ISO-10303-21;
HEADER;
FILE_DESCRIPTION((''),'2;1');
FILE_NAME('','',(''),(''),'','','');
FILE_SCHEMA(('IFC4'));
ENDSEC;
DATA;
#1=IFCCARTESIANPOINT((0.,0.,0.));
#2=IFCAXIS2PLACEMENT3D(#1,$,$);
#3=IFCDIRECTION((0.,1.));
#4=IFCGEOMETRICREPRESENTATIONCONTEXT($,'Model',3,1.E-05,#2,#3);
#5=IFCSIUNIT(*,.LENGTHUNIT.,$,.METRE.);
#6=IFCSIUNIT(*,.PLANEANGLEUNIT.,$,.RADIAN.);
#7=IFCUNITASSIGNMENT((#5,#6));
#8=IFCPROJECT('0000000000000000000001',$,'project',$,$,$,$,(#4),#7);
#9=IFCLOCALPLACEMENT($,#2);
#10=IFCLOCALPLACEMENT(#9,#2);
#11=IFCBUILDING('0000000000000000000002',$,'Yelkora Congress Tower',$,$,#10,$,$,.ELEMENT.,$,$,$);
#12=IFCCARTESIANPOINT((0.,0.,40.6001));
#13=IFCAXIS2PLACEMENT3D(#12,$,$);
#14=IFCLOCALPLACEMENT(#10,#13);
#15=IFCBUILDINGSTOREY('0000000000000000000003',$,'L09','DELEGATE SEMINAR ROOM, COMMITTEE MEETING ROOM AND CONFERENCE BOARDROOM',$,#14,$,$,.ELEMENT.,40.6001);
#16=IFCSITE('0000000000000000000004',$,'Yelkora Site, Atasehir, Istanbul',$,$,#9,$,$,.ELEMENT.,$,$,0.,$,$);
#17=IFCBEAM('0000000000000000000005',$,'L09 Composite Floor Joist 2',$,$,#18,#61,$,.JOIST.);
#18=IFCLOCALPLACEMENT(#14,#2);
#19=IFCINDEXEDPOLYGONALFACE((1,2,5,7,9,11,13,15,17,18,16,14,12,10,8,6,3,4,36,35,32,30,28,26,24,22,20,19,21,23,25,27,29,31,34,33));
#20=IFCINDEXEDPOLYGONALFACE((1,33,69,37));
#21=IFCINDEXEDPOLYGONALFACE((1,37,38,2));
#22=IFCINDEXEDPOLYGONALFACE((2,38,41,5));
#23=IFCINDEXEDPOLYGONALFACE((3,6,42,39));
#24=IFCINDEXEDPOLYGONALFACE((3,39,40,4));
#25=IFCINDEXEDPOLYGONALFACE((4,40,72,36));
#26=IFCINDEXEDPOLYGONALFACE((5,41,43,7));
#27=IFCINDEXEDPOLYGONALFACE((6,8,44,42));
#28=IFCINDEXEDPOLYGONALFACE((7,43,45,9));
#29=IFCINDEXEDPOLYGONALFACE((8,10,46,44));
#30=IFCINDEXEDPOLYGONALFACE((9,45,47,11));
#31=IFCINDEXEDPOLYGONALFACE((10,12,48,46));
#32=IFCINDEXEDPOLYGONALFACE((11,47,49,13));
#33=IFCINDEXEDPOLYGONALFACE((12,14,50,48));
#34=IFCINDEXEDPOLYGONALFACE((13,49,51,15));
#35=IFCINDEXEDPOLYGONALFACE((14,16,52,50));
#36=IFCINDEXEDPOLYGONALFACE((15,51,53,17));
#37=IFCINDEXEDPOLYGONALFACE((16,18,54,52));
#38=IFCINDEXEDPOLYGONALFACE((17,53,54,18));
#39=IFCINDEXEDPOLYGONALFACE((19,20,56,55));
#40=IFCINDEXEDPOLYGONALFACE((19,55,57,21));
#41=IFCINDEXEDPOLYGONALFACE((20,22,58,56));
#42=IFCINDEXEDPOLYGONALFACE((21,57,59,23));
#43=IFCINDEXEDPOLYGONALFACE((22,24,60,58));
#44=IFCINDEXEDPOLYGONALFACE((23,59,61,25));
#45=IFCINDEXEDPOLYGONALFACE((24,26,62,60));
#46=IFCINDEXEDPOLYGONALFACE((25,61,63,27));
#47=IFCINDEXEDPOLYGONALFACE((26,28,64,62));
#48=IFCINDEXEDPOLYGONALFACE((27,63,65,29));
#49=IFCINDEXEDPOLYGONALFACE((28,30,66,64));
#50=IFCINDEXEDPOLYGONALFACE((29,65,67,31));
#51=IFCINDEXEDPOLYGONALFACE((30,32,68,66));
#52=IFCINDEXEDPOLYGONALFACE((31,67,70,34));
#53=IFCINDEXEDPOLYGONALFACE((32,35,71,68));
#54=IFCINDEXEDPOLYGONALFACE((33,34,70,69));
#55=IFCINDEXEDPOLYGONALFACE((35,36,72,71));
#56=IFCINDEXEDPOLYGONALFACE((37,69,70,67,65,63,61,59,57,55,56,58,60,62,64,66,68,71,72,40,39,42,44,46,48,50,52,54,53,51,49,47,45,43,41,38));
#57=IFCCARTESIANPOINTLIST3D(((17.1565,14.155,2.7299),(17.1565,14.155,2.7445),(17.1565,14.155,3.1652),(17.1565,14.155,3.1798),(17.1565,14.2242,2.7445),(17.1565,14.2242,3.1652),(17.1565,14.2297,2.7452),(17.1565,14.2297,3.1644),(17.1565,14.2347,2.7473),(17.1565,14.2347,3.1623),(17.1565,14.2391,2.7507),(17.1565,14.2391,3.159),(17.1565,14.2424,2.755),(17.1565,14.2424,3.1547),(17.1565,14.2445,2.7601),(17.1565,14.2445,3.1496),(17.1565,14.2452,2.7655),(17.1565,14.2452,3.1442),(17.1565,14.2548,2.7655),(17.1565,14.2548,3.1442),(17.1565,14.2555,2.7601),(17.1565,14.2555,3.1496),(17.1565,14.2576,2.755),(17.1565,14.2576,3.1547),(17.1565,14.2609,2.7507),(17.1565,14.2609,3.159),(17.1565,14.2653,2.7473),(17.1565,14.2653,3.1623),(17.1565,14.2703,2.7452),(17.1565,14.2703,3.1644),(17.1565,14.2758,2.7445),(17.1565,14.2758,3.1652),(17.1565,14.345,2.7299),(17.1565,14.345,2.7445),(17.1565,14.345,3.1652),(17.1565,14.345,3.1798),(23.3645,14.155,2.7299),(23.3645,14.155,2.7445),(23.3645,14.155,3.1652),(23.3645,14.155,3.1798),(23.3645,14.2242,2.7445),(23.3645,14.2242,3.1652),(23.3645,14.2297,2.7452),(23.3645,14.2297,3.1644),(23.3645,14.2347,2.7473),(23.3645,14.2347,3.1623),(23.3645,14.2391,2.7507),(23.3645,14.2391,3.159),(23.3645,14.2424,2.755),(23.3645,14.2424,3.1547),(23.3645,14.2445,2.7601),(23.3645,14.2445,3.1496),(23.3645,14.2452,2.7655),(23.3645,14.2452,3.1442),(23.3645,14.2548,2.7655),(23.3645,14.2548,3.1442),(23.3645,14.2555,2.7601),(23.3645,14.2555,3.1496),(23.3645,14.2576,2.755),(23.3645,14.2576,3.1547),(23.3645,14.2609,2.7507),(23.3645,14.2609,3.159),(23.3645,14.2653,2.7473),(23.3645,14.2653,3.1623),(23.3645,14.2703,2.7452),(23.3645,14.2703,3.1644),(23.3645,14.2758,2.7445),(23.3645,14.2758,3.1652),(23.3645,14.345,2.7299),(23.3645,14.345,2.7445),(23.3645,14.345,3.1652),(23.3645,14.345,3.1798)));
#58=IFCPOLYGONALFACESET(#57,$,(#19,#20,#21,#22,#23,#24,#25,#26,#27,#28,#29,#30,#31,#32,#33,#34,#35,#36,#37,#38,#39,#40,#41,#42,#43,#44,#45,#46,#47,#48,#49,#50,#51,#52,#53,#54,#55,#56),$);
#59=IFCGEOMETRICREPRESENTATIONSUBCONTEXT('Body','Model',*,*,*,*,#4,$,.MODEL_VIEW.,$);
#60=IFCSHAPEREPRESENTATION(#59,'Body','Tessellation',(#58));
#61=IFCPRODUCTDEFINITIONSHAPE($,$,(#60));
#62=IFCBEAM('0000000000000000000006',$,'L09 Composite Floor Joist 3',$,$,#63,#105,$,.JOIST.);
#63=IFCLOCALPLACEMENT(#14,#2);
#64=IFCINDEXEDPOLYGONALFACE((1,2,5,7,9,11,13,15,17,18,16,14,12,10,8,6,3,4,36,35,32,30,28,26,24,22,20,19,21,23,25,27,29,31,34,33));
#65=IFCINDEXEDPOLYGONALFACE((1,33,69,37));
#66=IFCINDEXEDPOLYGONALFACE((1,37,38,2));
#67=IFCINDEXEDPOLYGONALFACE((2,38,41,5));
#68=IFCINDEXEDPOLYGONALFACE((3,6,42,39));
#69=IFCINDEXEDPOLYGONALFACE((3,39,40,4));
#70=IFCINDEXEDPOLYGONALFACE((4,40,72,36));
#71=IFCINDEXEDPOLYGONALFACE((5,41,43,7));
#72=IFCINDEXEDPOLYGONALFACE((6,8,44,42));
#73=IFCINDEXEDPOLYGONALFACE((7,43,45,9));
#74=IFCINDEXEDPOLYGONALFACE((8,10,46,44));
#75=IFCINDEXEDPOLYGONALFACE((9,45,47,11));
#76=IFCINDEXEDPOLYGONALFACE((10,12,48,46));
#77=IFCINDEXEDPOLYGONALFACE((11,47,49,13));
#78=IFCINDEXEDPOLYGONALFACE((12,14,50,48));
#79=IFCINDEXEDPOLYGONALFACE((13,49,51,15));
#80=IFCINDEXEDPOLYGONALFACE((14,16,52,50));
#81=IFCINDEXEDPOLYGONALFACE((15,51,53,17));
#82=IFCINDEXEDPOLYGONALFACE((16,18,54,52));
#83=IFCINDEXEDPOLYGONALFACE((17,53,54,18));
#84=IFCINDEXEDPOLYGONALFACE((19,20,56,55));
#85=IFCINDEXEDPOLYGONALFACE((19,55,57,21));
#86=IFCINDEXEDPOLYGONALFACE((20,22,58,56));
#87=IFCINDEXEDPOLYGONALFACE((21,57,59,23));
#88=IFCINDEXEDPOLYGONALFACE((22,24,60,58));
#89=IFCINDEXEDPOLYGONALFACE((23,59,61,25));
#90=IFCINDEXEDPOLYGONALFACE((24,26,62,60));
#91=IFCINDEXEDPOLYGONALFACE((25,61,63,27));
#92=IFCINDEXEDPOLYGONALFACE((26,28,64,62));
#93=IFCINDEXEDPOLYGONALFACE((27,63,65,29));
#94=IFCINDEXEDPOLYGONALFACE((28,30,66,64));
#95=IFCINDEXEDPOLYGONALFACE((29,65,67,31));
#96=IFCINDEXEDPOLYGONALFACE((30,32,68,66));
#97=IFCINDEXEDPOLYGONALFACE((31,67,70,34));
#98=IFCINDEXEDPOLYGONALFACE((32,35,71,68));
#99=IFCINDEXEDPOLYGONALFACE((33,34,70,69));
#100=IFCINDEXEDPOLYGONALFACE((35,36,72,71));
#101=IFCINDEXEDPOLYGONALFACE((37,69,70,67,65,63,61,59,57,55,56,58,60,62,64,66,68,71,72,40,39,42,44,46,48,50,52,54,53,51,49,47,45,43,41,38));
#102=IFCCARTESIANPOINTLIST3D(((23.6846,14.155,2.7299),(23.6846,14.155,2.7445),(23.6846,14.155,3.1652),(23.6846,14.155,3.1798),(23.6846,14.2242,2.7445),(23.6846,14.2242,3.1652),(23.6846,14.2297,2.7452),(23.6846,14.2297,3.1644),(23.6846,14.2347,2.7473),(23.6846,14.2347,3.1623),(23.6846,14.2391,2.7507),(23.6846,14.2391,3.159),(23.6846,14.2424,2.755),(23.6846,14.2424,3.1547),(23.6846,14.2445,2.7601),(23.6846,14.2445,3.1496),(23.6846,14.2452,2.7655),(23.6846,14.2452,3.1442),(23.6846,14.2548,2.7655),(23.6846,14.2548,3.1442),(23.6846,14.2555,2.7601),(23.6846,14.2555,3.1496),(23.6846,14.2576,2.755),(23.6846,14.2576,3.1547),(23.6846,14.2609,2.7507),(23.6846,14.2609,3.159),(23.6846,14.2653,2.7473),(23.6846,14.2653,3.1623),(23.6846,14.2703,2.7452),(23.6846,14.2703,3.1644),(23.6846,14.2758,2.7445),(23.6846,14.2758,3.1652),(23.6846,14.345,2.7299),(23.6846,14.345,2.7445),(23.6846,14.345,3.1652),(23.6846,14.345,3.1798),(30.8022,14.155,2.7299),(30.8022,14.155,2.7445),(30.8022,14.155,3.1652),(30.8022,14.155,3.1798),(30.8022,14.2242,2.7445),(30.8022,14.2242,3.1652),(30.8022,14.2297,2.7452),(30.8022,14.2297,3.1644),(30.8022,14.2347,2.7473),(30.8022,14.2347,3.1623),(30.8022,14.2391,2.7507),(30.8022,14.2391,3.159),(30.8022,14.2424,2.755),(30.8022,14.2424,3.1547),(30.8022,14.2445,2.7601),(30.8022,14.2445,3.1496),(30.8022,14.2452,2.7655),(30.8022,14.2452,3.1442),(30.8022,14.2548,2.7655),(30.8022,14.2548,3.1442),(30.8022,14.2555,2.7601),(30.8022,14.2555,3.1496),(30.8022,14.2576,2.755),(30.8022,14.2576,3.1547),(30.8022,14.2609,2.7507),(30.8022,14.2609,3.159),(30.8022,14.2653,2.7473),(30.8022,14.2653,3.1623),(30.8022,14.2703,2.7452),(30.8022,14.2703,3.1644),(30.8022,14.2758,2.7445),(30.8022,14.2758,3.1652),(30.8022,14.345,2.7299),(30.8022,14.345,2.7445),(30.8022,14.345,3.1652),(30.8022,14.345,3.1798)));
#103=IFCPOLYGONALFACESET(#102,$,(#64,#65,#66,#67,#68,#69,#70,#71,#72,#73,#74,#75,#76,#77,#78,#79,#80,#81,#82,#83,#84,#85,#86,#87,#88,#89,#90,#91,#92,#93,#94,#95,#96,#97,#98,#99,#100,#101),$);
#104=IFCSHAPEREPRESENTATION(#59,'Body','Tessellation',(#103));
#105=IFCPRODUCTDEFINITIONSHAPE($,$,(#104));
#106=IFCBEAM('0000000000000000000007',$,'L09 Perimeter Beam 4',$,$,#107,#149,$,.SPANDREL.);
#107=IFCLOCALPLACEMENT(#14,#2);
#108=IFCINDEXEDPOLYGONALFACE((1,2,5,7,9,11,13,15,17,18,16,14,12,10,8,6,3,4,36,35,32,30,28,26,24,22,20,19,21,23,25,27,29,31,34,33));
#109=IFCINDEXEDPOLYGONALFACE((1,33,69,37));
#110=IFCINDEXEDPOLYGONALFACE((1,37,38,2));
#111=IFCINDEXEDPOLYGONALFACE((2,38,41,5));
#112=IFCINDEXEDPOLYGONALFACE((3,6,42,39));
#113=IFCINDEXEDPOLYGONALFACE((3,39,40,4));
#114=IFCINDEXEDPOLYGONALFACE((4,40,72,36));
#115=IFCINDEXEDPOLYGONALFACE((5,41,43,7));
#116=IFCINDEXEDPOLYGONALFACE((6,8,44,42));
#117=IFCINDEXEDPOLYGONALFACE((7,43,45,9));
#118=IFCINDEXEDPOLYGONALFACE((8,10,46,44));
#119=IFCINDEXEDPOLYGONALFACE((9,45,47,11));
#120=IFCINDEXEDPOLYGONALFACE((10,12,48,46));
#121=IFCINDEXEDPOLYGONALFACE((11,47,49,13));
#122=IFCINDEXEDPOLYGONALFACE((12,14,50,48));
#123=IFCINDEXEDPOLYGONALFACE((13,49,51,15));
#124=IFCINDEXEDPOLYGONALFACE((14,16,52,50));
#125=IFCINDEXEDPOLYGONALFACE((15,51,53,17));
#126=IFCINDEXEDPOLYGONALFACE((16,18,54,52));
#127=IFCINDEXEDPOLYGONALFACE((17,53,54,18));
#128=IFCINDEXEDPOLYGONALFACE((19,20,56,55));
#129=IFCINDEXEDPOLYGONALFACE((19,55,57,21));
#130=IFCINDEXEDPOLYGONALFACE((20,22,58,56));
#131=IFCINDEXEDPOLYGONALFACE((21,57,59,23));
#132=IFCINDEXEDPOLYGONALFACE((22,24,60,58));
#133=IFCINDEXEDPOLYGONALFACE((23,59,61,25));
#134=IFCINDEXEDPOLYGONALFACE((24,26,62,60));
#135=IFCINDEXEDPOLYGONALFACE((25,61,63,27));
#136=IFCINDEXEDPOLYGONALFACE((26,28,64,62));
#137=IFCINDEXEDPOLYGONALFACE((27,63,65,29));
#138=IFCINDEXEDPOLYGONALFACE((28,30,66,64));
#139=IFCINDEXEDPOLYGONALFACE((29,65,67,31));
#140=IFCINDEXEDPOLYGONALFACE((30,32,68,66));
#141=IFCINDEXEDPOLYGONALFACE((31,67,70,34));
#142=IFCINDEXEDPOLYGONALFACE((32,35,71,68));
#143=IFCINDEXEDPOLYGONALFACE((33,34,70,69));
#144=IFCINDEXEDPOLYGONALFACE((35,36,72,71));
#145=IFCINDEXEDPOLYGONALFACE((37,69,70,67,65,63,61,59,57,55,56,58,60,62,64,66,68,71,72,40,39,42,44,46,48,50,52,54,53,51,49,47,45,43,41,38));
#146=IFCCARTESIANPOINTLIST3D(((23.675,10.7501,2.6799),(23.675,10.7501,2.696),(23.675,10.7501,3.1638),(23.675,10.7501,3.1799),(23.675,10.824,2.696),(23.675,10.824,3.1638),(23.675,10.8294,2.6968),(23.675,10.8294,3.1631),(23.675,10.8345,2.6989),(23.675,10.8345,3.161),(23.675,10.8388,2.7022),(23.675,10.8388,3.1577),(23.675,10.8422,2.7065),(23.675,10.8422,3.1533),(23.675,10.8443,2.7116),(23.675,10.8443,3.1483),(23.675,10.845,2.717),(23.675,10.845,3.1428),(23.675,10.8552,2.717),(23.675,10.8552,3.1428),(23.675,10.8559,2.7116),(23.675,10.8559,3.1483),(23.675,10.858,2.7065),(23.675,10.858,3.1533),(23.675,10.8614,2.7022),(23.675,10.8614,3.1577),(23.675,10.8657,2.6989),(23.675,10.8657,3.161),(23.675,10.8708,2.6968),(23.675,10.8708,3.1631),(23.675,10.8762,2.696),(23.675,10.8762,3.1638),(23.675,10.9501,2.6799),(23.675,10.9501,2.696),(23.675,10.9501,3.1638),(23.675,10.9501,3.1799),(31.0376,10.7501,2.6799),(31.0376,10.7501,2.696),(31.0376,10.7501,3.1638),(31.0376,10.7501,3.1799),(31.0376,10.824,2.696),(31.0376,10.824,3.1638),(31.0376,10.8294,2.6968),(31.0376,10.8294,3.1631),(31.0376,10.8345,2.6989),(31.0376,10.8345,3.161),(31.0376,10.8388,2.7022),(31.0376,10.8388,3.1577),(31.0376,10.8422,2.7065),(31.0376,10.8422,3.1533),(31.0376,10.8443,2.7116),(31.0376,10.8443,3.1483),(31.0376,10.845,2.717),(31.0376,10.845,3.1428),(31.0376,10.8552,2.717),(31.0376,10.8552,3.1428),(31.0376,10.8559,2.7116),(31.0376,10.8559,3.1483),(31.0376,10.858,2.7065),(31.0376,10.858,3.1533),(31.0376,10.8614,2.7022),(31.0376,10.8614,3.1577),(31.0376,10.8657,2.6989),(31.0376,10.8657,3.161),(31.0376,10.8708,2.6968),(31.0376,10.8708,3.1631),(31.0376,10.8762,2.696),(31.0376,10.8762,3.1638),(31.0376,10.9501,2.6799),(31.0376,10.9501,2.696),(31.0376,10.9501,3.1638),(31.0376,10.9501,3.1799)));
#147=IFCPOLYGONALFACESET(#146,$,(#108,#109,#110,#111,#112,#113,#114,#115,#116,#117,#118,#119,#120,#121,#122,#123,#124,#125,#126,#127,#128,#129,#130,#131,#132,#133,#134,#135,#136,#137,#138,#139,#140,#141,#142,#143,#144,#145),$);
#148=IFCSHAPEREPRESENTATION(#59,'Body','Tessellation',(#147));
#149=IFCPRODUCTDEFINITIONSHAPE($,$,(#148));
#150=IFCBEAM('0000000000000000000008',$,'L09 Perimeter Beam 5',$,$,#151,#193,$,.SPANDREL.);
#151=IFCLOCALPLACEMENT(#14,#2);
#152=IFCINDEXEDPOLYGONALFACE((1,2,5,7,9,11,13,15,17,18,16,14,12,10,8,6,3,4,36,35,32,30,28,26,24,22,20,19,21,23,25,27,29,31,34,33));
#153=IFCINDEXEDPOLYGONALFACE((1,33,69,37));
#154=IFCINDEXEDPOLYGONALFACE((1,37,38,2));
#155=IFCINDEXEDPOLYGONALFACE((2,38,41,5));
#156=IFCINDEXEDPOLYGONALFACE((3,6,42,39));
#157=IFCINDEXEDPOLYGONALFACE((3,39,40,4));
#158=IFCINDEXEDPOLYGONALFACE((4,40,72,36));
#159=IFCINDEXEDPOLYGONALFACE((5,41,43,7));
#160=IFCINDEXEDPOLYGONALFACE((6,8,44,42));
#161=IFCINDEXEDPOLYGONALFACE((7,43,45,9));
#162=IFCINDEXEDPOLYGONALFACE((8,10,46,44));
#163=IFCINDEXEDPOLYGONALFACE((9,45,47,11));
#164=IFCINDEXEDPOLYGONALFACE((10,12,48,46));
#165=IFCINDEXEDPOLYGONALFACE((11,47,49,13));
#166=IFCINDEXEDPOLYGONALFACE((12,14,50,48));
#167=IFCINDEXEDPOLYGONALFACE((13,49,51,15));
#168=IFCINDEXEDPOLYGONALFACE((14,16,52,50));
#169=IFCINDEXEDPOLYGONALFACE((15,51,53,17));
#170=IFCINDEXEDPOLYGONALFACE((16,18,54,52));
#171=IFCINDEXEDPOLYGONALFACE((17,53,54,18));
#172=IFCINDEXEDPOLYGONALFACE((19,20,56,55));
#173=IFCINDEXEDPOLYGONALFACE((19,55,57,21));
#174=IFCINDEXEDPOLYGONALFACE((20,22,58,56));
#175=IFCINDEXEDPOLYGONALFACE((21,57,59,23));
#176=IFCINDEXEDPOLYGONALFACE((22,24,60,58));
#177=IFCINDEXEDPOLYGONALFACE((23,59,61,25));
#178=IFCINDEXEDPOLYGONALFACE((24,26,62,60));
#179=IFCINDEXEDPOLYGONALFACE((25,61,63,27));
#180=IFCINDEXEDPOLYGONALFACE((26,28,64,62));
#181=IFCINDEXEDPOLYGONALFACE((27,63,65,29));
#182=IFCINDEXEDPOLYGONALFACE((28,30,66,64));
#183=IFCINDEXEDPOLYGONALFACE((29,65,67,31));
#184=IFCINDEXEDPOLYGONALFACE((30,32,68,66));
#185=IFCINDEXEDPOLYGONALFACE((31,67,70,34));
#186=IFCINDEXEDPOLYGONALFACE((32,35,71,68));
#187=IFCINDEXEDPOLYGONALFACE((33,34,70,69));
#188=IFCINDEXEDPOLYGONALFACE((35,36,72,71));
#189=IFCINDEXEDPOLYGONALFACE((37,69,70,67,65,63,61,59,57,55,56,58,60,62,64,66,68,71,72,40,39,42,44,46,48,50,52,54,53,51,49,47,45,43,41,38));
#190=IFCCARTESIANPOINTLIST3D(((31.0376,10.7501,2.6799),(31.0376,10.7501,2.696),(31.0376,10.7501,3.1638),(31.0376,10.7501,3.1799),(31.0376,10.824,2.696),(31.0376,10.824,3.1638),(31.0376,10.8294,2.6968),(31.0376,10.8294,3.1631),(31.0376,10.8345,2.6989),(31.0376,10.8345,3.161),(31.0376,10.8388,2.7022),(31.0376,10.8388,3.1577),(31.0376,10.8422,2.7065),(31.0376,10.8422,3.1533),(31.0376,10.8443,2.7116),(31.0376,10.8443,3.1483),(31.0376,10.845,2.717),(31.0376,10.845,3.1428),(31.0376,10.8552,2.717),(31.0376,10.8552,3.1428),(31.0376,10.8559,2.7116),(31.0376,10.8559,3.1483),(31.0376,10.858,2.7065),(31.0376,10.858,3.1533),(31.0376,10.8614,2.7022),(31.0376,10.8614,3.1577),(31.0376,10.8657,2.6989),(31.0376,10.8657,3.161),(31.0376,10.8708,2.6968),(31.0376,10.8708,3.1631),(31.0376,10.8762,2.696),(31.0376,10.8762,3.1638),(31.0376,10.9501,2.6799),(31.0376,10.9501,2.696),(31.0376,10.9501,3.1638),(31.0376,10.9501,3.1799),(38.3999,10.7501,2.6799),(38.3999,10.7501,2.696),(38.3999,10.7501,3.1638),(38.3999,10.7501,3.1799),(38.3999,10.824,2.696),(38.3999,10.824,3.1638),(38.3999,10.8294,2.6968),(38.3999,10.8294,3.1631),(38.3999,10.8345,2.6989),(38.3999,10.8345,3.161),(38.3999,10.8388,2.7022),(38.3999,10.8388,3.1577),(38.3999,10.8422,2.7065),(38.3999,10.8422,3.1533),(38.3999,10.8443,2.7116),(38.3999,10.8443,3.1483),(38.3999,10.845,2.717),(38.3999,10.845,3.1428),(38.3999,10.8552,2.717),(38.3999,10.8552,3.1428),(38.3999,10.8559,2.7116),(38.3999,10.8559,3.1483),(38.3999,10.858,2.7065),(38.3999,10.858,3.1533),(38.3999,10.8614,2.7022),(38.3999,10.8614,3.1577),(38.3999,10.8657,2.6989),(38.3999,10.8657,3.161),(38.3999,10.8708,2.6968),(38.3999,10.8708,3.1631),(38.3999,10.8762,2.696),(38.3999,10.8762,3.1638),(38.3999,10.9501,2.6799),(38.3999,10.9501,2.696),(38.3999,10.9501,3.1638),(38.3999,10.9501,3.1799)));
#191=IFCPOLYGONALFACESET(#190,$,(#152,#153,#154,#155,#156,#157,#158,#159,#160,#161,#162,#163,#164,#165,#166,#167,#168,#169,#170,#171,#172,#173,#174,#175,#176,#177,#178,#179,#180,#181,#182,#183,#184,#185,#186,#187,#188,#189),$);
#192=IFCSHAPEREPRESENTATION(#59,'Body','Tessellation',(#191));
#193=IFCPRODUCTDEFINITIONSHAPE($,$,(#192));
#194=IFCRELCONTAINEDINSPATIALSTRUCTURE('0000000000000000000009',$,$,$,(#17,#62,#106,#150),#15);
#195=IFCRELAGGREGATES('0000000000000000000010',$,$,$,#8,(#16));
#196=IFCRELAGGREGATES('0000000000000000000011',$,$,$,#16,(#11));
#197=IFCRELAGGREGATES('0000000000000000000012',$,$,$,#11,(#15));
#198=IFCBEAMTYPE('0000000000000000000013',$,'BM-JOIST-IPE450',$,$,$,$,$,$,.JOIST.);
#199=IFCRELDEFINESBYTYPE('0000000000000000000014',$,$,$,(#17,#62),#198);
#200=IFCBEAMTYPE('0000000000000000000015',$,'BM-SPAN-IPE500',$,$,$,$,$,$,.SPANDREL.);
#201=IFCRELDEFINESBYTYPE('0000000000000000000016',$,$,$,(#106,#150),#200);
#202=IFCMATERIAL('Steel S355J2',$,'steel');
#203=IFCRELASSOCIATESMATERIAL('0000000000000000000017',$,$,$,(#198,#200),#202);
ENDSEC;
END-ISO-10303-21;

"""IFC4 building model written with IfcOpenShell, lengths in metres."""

from ifc_helpers import new_model, si_unit, direction, frame, origin, origin_2d, place, context, subcontext, project, spatial, i_section, extrude, material, material_profile, profile_set, type_object, element, save


model = new_model("IFC4")

# Units and contexts
model_context = context("Model", 3, precision=1e-05, world=origin(), true_north=direction((0.0, 1.0)))
body_context = subcontext(model_context, "Body", "Model", "MODEL_VIEW")
ifc_project = project(units=[si_unit("LENGTHUNIT", "METRE"), si_unit("PLANEANGLEUNIT", "RADIAN")], contexts=[model_context])

# Site, building, storey
site_placement = place(None, origin())
site = spatial("IfcSite", under=ifc_project, at=site_placement, Name="Yelkora Site, Atasehir, Istanbul", CompositionType="ELEMENT", RefElevation=0.0)
building_placement = place(site_placement, origin())
building = spatial("IfcBuilding", under=site, at=building_placement, Name="Yelkora Congress Tower", CompositionType="ELEMENT")
storey_placement = place(building_placement, frame((0.0, 0.0, 40.6001)))
storey = spatial("IfcBuildingStorey", under=building, at=storey_placement, Name="L09", Description="DELEGATE SEMINAR ROOM, COMMITTEE MEETING ROOM AND CONFERENCE BOARDROOM", CompositionType="ELEMENT", Elevation=40.6001)

# Beams
ifc_material_1 = material(Name="Steel S355J2", Category="steel")
ifc_material_profile_1 = material_profile(ifc_material_1, i_section(OverallWidth=0.1899, OverallDepth=0.45, WebThickness=0.0095, FlangeThickness=0.0146, FilletRadius=0.021, at=origin_2d()), Name="IPE 450")
ifc_profile_set_1 = profile_set([ifc_material_profile_1], Name="Steel S355J2")
beam_type_1 = type_object("IfcBeamType", Name="BM-JOIST-IPE450", PredefinedType="JOIST", material=ifc_profile_set_1)
beam_1_placement = place(storey_placement, frame((17.1565, 14.25, 2.9548), z_axis=(1.0, 0.0, 0.0), x_axis=(0.0, 1.0, 0.0)))
element("IfcBeam", 1, at=beam_1_placement, inside=storey, type_object=beam_type_1, Name="L09 Composite Floor Joist 2", PredefinedType="JOIST", context=body_context, shape_type="SweptSolid", body=[
    extrude(i_section(OverallWidth=0.1899, OverallDepth=0.45, WebThickness=0.0095, FlangeThickness=0.0146, FilletRadius=0.021, at=origin_2d()), origin(), (0.0, 0.0, 1.0), 6.208),
])
beam_2_placement = place(storey_placement, frame((23.6846, 14.25, 2.9548), z_axis=(1.0, 0.0, 0.0), x_axis=(0.0, 1.0, 0.0)))
element("IfcBeam", 2, at=beam_2_placement, inside=storey, type_object=beam_type_1, Name="L09 Composite Floor Joist 3", PredefinedType="JOIST", context=body_context, shape_type="SweptSolid", body=[
    extrude(i_section(OverallWidth=0.1899, OverallDepth=0.45, WebThickness=0.0095, FlangeThickness=0.0146, FilletRadius=0.021, at=origin_2d()), origin(), (0.0, 0.0, 1.0), 7.1177),
])
ifc_material_profile_2 = material_profile(ifc_material_1, i_section(OverallWidth=0.2, OverallDepth=0.5, WebThickness=0.0103, FlangeThickness=0.0161, FilletRadius=0.021, at=origin_2d()), Name="IPE 500")
ifc_profile_set_2 = profile_set([ifc_material_profile_2], Name="Steel S355J2")
beam_type_2 = type_object("IfcBeamType", Name="BM-SPAN-IPE500", PredefinedType="SPANDREL", material=ifc_profile_set_2)
beam_3_placement = place(storey_placement, frame((23.675, 10.8501, 2.9299), z_axis=(1.0, 0.0, 0.0), x_axis=(0.0, 1.0, 0.0)))
element("IfcBeam", 3, at=beam_3_placement, inside=storey, type_object=beam_type_2, Name="L09 Perimeter Beam 4", PredefinedType="SPANDREL", context=body_context, shape_type="SweptSolid", body=[
    extrude(i_section(OverallWidth=0.2, OverallDepth=0.5, WebThickness=0.0103, FlangeThickness=0.0161, FilletRadius=0.021, at=origin_2d()), origin(), (0.0, 0.0, 1.0), 7.3625),
])
beam_4_placement = place(storey_placement, frame((31.0376, 10.8501, 2.9299), z_axis=(1.0, 0.0, 0.0), x_axis=(0.0, 1.0, 0.0)))
element("IfcBeam", 4, at=beam_4_placement, inside=storey, type_object=beam_type_2, Name="L09 Perimeter Beam 5", PredefinedType="SPANDREL", context=body_context, shape_type="SweptSolid", body=[
    extrude(i_section(OverallWidth=0.2, OverallDepth=0.5, WebThickness=0.0103, FlangeThickness=0.0161, FilletRadius=0.021, at=origin_2d()), origin(), (0.0, 0.0, 1.0), 7.3623),
])

save(model, "model.ifc")
